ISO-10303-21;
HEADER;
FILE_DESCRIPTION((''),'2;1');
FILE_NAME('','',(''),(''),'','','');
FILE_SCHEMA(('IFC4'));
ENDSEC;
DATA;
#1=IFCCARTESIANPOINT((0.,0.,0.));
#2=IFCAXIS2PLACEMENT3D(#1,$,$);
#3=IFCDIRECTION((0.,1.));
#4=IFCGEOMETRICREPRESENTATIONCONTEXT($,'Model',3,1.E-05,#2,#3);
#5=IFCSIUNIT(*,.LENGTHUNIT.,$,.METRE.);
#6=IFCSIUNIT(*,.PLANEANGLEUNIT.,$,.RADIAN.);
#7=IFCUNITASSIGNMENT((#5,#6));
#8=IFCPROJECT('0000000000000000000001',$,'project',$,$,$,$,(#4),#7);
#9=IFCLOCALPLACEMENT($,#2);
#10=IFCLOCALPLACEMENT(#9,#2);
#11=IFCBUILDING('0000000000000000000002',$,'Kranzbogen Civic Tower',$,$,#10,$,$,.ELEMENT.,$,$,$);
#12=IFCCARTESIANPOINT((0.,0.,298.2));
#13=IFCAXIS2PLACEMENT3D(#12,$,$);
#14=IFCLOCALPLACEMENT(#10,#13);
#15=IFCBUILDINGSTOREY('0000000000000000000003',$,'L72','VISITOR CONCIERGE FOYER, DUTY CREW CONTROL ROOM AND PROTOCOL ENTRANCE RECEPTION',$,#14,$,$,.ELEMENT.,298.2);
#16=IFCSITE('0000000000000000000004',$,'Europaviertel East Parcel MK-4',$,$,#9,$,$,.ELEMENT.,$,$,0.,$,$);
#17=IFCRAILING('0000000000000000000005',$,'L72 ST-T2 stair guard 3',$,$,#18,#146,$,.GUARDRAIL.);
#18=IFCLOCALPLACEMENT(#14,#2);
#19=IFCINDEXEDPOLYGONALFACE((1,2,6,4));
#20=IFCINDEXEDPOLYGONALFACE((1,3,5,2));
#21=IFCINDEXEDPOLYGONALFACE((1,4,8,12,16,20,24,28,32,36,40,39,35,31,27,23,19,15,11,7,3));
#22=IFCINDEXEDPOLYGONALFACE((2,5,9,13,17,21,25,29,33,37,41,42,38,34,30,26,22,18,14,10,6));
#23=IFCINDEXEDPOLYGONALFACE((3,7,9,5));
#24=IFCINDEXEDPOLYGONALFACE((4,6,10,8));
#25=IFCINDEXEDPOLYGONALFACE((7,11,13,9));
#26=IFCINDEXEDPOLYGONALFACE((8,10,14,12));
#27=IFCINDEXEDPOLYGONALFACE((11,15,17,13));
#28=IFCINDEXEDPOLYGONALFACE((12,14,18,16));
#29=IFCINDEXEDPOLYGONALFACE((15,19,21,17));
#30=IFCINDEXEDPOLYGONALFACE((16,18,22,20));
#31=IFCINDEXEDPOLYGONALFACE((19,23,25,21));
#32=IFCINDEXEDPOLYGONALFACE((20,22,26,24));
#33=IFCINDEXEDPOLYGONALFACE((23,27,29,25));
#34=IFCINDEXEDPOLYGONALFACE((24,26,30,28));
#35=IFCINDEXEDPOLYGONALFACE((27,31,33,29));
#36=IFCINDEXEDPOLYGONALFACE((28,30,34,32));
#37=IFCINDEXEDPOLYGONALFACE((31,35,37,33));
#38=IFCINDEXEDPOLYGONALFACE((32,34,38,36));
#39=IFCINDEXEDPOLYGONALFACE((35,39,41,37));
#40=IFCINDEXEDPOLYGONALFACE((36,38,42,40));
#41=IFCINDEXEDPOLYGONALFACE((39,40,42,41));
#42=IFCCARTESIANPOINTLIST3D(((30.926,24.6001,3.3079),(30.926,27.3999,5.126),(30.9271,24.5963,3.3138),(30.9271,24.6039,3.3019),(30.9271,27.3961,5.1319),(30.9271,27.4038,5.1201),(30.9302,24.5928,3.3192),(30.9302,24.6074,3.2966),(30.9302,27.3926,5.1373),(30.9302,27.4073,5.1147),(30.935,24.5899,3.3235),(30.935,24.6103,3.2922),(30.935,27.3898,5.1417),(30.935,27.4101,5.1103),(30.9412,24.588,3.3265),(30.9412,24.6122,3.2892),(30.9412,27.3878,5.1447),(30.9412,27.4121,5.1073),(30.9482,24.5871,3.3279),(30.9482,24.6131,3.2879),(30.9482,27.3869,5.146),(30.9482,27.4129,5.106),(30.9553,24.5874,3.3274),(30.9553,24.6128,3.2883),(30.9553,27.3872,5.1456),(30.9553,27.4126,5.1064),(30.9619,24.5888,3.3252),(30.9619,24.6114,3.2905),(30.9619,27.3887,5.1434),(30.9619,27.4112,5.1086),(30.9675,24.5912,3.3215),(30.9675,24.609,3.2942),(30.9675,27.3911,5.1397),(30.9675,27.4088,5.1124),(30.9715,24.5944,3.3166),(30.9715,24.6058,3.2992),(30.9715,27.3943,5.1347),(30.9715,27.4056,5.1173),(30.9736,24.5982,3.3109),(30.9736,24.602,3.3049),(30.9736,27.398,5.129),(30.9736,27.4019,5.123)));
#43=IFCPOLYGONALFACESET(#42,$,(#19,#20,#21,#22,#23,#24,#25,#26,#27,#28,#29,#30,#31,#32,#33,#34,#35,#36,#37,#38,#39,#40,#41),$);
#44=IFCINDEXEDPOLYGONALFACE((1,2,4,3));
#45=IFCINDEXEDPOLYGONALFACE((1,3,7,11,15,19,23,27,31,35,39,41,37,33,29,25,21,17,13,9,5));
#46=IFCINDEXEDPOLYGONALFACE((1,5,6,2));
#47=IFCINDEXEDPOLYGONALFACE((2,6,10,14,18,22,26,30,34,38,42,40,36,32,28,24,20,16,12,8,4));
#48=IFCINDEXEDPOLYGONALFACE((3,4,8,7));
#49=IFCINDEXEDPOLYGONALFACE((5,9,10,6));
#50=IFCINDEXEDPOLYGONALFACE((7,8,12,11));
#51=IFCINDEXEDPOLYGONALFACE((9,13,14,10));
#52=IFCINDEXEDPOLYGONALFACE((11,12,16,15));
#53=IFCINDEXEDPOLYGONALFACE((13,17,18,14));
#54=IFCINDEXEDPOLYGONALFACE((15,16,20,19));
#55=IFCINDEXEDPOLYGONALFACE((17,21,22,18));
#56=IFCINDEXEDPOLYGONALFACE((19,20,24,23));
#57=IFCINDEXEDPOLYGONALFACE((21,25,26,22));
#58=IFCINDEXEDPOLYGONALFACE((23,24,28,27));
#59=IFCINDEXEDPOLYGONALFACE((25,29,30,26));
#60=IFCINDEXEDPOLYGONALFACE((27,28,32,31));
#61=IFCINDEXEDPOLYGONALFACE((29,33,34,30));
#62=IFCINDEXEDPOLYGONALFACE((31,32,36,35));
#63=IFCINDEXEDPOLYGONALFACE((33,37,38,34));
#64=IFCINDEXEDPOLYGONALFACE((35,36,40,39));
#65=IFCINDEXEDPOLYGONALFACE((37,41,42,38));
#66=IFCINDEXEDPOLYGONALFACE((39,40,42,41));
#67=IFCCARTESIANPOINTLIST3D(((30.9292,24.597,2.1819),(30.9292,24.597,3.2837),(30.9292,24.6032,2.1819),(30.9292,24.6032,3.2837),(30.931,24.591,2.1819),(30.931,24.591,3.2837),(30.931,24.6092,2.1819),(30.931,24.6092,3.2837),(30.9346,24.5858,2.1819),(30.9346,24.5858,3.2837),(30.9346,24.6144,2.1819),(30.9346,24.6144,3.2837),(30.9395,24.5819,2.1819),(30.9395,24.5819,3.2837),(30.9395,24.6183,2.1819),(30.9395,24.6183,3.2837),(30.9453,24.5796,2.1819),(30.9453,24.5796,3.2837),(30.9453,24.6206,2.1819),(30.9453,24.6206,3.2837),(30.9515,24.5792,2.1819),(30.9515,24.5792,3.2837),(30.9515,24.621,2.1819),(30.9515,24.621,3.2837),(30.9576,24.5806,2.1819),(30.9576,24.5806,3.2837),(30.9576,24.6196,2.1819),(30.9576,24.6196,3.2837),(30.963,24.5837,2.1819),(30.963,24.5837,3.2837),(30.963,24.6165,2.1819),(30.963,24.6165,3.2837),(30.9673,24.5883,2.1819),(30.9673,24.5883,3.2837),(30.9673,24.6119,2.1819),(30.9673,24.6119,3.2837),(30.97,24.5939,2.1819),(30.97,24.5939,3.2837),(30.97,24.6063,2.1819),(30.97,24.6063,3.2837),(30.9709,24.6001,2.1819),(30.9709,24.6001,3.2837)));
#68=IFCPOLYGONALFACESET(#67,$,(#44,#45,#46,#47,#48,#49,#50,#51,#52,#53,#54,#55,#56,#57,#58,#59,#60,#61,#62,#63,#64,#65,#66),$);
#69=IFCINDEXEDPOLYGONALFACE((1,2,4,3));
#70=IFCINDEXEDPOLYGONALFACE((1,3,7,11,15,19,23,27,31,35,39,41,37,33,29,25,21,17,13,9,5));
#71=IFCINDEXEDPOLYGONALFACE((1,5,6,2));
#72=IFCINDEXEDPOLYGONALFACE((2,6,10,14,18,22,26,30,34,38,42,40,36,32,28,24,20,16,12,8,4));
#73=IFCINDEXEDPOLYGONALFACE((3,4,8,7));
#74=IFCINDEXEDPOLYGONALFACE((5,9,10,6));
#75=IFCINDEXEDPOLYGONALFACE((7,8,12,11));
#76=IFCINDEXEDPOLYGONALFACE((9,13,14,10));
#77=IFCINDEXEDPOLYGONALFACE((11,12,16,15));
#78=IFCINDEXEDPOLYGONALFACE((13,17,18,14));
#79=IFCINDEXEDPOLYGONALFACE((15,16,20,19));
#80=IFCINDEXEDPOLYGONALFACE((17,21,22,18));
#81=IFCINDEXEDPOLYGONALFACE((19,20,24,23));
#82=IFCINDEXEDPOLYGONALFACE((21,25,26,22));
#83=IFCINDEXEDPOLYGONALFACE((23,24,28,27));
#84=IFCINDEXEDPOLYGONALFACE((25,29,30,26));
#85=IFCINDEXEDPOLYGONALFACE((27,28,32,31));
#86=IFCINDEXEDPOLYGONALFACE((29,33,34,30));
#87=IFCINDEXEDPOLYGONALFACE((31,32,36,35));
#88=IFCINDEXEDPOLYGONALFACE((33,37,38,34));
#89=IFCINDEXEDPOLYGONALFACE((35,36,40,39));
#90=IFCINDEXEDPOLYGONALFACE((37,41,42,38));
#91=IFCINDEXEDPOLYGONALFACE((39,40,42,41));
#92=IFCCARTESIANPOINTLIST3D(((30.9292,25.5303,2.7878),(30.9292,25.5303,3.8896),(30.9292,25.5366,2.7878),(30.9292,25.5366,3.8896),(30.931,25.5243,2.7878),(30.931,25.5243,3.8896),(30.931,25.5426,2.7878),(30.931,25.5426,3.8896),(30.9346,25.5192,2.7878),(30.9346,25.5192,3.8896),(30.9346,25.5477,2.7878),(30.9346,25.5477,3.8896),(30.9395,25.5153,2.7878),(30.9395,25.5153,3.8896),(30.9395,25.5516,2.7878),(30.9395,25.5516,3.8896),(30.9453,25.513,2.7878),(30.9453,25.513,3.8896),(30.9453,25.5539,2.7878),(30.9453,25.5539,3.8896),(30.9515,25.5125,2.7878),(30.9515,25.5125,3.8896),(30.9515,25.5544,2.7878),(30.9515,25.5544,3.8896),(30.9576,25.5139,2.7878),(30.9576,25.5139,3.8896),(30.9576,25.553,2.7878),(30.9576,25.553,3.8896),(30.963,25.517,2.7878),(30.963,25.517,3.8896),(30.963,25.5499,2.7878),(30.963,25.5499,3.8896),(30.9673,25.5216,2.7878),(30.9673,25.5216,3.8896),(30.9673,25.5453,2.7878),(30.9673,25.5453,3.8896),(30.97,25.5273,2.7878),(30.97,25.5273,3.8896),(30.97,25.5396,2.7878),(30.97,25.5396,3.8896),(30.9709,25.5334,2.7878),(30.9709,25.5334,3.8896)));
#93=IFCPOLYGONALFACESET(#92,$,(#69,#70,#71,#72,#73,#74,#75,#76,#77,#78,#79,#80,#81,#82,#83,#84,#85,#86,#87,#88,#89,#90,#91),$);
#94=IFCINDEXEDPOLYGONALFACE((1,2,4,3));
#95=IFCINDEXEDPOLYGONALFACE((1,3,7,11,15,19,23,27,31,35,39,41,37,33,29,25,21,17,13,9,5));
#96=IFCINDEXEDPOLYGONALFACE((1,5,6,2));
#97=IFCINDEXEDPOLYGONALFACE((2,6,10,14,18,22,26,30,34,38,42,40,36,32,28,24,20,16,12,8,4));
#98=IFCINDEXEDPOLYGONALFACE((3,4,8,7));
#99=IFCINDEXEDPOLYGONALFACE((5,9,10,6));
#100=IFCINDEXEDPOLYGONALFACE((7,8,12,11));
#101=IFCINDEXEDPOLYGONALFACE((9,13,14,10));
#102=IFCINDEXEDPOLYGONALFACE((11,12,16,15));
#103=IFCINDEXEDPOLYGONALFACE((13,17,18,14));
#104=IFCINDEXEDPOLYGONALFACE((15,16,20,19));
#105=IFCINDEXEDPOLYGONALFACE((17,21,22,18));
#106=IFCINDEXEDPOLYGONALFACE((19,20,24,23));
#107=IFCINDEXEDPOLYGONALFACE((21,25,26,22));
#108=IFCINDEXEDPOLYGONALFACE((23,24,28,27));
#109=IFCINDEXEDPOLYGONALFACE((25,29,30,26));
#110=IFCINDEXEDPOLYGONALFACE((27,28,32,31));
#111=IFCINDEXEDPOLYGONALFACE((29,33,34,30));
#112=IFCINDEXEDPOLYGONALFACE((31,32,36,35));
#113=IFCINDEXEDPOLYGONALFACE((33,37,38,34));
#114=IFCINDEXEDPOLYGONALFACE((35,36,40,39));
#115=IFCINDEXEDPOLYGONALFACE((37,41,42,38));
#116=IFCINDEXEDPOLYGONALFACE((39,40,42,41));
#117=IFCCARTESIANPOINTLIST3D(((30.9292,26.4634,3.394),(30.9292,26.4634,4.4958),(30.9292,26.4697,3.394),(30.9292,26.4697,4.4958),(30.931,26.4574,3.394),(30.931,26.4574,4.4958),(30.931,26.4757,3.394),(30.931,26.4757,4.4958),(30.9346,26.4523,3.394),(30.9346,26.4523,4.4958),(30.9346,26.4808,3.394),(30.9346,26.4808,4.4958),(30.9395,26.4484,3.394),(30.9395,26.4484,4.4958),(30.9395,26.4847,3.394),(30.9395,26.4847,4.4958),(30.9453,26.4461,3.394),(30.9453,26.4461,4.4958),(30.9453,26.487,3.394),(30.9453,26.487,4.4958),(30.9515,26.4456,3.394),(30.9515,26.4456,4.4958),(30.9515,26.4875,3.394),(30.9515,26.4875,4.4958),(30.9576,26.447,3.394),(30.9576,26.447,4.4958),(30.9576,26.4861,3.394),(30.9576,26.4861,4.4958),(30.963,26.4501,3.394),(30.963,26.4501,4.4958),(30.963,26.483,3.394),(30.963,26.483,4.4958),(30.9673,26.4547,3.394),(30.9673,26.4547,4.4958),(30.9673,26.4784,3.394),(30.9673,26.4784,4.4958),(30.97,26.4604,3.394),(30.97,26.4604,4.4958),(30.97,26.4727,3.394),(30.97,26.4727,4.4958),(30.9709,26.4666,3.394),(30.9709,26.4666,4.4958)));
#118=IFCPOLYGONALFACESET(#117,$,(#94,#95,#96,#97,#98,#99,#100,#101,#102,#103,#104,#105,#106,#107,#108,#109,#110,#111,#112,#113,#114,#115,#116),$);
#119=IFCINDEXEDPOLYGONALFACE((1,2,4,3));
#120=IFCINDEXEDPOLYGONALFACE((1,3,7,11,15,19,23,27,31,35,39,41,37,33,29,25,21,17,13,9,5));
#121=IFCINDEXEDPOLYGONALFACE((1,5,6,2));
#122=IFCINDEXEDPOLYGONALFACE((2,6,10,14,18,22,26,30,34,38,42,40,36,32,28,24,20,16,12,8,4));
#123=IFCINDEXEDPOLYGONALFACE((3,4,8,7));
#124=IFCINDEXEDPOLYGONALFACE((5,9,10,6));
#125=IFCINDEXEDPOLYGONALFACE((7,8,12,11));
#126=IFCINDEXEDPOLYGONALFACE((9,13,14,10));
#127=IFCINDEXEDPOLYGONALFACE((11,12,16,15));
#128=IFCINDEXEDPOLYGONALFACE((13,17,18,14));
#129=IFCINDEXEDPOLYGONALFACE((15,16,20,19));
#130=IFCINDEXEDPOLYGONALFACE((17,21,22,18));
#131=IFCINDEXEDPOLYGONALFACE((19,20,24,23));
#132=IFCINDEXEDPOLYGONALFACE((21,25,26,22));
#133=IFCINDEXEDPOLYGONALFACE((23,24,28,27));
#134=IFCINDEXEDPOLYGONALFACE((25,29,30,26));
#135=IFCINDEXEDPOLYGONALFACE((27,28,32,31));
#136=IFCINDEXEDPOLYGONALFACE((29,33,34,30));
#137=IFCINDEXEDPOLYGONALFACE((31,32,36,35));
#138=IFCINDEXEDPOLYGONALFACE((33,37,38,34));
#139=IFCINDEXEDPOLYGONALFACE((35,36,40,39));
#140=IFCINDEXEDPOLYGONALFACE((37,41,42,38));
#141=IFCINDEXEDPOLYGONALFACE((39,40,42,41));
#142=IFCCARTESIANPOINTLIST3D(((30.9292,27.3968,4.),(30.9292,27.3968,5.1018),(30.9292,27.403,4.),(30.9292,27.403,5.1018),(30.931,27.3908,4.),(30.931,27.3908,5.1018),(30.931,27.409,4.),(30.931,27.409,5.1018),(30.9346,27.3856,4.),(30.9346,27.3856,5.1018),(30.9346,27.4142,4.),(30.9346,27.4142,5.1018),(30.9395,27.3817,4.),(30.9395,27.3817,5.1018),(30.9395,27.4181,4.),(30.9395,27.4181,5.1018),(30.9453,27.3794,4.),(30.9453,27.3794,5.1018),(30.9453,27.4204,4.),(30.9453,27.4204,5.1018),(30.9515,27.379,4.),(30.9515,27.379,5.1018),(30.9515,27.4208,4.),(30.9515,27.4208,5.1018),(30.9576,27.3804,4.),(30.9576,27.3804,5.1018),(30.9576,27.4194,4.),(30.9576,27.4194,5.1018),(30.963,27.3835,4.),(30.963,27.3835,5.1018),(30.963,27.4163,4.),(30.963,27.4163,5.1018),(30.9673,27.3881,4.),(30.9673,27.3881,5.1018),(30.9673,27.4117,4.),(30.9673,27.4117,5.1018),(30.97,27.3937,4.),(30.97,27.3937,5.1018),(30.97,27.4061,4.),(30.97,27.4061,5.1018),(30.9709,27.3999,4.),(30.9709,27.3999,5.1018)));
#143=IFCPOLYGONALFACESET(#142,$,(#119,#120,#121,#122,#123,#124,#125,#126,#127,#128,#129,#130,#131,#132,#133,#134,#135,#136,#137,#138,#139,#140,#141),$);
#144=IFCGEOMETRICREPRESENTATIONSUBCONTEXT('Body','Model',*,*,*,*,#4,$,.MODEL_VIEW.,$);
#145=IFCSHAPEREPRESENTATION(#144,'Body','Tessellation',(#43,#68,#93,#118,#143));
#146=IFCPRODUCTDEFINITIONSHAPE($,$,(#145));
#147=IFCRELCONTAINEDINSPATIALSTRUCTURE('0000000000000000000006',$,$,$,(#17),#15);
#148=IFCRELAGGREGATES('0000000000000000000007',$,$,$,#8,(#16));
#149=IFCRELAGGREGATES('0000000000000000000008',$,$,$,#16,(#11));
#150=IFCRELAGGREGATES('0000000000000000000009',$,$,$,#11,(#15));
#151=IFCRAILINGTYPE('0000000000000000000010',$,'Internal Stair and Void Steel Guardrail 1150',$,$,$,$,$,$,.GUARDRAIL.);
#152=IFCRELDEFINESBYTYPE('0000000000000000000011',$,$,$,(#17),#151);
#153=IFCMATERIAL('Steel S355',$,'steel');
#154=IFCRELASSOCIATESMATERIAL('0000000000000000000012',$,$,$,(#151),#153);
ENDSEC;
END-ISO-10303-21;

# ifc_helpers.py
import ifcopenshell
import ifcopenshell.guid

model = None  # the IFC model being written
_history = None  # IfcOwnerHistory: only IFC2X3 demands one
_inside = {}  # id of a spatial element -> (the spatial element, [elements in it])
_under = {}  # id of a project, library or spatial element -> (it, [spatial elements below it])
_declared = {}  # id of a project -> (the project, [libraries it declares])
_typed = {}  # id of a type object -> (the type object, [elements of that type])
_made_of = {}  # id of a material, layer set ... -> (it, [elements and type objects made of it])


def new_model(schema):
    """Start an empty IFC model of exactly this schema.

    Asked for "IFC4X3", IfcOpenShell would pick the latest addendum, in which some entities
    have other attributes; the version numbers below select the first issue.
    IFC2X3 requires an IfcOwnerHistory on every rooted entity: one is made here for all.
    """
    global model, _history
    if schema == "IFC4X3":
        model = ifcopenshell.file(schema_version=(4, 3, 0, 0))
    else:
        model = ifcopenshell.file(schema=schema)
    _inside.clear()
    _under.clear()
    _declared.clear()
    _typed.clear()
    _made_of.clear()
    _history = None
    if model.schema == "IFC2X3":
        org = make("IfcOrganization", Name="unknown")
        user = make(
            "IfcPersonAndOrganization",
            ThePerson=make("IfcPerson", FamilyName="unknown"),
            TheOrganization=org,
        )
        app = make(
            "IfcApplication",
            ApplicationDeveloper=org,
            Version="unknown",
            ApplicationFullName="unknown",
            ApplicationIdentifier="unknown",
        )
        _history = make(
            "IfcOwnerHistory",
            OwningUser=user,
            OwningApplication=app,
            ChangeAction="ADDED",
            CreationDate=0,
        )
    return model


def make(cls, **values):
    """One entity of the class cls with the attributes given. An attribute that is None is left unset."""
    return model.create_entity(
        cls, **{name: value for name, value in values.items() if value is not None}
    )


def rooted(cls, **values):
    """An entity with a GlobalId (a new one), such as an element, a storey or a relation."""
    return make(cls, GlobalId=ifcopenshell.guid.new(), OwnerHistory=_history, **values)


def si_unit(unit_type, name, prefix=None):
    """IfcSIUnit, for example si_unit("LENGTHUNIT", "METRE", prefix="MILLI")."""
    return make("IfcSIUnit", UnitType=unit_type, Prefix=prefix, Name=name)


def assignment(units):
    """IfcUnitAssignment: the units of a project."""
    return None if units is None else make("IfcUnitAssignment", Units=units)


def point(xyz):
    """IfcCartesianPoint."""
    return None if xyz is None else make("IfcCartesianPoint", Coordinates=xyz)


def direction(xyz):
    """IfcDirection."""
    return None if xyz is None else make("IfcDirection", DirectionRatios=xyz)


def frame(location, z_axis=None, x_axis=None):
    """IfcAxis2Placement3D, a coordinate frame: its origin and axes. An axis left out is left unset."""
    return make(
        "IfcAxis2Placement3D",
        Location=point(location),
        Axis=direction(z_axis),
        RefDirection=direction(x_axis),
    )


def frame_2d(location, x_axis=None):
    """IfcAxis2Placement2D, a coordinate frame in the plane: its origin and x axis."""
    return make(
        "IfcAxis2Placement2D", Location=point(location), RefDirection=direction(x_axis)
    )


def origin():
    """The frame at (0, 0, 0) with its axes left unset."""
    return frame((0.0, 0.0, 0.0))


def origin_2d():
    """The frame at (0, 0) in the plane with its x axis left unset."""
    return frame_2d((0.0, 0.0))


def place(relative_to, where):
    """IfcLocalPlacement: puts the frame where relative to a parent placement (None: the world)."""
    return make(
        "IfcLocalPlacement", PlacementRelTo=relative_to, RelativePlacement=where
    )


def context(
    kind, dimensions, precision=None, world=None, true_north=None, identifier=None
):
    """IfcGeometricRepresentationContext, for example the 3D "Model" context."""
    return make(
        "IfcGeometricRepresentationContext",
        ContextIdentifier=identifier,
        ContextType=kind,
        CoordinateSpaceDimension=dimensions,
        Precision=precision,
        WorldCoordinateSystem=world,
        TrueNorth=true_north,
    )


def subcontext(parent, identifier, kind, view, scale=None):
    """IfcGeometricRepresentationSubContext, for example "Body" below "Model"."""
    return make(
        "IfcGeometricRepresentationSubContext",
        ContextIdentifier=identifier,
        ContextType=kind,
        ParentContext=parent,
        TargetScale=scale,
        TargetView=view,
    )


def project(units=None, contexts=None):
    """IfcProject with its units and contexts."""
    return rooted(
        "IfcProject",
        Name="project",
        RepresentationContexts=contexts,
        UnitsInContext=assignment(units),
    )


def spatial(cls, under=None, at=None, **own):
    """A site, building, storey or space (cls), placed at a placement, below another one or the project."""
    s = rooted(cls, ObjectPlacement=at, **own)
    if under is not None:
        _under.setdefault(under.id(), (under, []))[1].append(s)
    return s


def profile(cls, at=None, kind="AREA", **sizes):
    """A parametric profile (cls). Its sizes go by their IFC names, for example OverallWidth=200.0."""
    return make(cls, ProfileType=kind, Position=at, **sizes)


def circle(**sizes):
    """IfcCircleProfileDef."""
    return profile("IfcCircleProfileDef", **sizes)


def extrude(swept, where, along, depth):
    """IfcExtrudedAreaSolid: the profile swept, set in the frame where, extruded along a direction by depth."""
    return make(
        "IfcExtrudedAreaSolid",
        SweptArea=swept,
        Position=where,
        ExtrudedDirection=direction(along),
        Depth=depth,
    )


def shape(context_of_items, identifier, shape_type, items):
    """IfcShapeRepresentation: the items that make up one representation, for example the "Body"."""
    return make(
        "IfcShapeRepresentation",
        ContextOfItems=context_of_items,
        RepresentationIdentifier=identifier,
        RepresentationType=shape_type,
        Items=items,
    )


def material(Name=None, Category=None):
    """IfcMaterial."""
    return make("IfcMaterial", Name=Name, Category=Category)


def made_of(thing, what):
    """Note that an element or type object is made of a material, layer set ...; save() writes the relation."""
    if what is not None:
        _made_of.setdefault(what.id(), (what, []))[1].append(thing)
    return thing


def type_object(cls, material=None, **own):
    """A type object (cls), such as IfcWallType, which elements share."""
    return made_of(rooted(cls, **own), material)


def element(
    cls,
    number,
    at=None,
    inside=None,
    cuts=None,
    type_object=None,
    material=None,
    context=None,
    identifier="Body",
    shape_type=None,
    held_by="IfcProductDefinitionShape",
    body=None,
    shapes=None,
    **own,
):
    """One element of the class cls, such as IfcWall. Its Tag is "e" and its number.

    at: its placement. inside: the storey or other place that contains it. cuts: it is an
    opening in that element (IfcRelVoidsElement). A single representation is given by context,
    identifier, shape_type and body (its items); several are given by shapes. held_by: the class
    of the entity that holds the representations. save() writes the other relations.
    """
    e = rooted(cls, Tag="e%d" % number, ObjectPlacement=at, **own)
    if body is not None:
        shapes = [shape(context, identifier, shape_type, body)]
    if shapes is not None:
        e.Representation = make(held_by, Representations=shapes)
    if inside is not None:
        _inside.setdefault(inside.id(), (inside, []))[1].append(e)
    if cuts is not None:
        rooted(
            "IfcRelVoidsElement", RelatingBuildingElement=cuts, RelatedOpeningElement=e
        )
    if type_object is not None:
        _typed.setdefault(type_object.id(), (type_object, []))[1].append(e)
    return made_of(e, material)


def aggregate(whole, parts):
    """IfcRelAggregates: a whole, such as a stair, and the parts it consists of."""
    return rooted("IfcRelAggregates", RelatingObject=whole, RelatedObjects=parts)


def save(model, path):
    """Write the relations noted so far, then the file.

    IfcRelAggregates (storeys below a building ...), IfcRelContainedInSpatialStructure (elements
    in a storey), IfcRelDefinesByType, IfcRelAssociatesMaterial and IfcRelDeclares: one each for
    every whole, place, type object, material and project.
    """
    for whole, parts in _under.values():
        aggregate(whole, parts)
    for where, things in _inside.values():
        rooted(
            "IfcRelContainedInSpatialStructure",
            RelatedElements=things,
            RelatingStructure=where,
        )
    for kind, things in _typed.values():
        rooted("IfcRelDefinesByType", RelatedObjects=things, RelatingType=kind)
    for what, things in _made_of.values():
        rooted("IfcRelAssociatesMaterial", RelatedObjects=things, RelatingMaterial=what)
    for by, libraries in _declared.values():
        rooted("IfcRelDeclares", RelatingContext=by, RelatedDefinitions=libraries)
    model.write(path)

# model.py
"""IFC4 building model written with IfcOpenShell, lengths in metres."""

from ifc_helpers import new_model, si_unit, direction, frame, origin, origin_2d, place, context, subcontext, project, spatial, circle, extrude, material, type_object, element, save


model = new_model("IFC4")

# Units and contexts
model_context = context("Model", 3, precision=1e-05, world=origin(), true_north=direction((0.0, 1.0)))
body_context = subcontext(model_context, "Body", "Model", "MODEL_VIEW")
ifc_project = project(units=[si_unit("LENGTHUNIT", "METRE"), si_unit("PLANEANGLEUNIT", "RADIAN")], contexts=[model_context])

# Site, building, storey
site_placement = place(None, origin())
site = spatial("IfcSite", under=ifc_project, at=site_placement, Name="Europaviertel East Parcel MK-4", CompositionType="ELEMENT", RefElevation=0.0)
building_placement = place(site_placement, origin())
building = spatial("IfcBuilding", under=site, at=building_placement, Name="Kranzbogen Civic Tower", CompositionType="ELEMENT")
storey_placement = place(building_placement, frame((0.0, 0.0, 298.2)))
storey = spatial("IfcBuildingStorey", under=building, at=storey_placement, Name="L72", Description="VISITOR CONCIERGE FOYER, DUTY CREW CONTROL ROOM AND PROTOCOL ENTRANCE RECEPTION", CompositionType="ELEMENT", Elevation=298.2)

# Shared definitions
ifc_material_1 = material(Name="Steel S355", Category="steel")

# Railing
railing_type_1 = type_object("IfcRailingType", Name="Internal Stair and Void Steel Guardrail 1150", PredefinedType="GUARDRAIL", material=ifc_material_1)
railing_1_placement = place(storey_placement, frame((30.95, 24.6001, 2.1819)))
element("IfcRailing", 1, at=railing_1_placement, inside=storey, type_object=railing_type_1, Name="L72 ST-T2 stair guard 3", PredefinedType="GUARDRAIL", context=body_context, shape_type="SweptSolid", body=[
    extrude(circle(Radius=0.0239, at=origin_2d()), frame((0.0, 0.0, 1.126), z_axis=(0.0, 0.838684, 0.544618), x_axis=(-1.0, 0.0, 0.0)), (0.0, 0.0, 1.0), 3.3384),
    extrude(circle(Radius=0.021, at=origin_2d()), origin(), (0.0, 0.0, 1.0), 1.1018),
    extrude(circle(Radius=0.021, at=origin_2d()), frame((0.0, 0.9333, 0.606)), (0.0, 0.0, 1.0), 1.1018),
    extrude(circle(Radius=0.021, at=origin_2d()), frame((0.0, 1.8665, 1.2122)), (0.0, 0.0, 1.0), 1.1018),
    extrude(circle(Radius=0.021, at=origin_2d()), frame((0.0, 2.7998, 1.8181)), (0.0, 0.0, 1.0), 1.1018),
])

save(model, "model.ifc")
